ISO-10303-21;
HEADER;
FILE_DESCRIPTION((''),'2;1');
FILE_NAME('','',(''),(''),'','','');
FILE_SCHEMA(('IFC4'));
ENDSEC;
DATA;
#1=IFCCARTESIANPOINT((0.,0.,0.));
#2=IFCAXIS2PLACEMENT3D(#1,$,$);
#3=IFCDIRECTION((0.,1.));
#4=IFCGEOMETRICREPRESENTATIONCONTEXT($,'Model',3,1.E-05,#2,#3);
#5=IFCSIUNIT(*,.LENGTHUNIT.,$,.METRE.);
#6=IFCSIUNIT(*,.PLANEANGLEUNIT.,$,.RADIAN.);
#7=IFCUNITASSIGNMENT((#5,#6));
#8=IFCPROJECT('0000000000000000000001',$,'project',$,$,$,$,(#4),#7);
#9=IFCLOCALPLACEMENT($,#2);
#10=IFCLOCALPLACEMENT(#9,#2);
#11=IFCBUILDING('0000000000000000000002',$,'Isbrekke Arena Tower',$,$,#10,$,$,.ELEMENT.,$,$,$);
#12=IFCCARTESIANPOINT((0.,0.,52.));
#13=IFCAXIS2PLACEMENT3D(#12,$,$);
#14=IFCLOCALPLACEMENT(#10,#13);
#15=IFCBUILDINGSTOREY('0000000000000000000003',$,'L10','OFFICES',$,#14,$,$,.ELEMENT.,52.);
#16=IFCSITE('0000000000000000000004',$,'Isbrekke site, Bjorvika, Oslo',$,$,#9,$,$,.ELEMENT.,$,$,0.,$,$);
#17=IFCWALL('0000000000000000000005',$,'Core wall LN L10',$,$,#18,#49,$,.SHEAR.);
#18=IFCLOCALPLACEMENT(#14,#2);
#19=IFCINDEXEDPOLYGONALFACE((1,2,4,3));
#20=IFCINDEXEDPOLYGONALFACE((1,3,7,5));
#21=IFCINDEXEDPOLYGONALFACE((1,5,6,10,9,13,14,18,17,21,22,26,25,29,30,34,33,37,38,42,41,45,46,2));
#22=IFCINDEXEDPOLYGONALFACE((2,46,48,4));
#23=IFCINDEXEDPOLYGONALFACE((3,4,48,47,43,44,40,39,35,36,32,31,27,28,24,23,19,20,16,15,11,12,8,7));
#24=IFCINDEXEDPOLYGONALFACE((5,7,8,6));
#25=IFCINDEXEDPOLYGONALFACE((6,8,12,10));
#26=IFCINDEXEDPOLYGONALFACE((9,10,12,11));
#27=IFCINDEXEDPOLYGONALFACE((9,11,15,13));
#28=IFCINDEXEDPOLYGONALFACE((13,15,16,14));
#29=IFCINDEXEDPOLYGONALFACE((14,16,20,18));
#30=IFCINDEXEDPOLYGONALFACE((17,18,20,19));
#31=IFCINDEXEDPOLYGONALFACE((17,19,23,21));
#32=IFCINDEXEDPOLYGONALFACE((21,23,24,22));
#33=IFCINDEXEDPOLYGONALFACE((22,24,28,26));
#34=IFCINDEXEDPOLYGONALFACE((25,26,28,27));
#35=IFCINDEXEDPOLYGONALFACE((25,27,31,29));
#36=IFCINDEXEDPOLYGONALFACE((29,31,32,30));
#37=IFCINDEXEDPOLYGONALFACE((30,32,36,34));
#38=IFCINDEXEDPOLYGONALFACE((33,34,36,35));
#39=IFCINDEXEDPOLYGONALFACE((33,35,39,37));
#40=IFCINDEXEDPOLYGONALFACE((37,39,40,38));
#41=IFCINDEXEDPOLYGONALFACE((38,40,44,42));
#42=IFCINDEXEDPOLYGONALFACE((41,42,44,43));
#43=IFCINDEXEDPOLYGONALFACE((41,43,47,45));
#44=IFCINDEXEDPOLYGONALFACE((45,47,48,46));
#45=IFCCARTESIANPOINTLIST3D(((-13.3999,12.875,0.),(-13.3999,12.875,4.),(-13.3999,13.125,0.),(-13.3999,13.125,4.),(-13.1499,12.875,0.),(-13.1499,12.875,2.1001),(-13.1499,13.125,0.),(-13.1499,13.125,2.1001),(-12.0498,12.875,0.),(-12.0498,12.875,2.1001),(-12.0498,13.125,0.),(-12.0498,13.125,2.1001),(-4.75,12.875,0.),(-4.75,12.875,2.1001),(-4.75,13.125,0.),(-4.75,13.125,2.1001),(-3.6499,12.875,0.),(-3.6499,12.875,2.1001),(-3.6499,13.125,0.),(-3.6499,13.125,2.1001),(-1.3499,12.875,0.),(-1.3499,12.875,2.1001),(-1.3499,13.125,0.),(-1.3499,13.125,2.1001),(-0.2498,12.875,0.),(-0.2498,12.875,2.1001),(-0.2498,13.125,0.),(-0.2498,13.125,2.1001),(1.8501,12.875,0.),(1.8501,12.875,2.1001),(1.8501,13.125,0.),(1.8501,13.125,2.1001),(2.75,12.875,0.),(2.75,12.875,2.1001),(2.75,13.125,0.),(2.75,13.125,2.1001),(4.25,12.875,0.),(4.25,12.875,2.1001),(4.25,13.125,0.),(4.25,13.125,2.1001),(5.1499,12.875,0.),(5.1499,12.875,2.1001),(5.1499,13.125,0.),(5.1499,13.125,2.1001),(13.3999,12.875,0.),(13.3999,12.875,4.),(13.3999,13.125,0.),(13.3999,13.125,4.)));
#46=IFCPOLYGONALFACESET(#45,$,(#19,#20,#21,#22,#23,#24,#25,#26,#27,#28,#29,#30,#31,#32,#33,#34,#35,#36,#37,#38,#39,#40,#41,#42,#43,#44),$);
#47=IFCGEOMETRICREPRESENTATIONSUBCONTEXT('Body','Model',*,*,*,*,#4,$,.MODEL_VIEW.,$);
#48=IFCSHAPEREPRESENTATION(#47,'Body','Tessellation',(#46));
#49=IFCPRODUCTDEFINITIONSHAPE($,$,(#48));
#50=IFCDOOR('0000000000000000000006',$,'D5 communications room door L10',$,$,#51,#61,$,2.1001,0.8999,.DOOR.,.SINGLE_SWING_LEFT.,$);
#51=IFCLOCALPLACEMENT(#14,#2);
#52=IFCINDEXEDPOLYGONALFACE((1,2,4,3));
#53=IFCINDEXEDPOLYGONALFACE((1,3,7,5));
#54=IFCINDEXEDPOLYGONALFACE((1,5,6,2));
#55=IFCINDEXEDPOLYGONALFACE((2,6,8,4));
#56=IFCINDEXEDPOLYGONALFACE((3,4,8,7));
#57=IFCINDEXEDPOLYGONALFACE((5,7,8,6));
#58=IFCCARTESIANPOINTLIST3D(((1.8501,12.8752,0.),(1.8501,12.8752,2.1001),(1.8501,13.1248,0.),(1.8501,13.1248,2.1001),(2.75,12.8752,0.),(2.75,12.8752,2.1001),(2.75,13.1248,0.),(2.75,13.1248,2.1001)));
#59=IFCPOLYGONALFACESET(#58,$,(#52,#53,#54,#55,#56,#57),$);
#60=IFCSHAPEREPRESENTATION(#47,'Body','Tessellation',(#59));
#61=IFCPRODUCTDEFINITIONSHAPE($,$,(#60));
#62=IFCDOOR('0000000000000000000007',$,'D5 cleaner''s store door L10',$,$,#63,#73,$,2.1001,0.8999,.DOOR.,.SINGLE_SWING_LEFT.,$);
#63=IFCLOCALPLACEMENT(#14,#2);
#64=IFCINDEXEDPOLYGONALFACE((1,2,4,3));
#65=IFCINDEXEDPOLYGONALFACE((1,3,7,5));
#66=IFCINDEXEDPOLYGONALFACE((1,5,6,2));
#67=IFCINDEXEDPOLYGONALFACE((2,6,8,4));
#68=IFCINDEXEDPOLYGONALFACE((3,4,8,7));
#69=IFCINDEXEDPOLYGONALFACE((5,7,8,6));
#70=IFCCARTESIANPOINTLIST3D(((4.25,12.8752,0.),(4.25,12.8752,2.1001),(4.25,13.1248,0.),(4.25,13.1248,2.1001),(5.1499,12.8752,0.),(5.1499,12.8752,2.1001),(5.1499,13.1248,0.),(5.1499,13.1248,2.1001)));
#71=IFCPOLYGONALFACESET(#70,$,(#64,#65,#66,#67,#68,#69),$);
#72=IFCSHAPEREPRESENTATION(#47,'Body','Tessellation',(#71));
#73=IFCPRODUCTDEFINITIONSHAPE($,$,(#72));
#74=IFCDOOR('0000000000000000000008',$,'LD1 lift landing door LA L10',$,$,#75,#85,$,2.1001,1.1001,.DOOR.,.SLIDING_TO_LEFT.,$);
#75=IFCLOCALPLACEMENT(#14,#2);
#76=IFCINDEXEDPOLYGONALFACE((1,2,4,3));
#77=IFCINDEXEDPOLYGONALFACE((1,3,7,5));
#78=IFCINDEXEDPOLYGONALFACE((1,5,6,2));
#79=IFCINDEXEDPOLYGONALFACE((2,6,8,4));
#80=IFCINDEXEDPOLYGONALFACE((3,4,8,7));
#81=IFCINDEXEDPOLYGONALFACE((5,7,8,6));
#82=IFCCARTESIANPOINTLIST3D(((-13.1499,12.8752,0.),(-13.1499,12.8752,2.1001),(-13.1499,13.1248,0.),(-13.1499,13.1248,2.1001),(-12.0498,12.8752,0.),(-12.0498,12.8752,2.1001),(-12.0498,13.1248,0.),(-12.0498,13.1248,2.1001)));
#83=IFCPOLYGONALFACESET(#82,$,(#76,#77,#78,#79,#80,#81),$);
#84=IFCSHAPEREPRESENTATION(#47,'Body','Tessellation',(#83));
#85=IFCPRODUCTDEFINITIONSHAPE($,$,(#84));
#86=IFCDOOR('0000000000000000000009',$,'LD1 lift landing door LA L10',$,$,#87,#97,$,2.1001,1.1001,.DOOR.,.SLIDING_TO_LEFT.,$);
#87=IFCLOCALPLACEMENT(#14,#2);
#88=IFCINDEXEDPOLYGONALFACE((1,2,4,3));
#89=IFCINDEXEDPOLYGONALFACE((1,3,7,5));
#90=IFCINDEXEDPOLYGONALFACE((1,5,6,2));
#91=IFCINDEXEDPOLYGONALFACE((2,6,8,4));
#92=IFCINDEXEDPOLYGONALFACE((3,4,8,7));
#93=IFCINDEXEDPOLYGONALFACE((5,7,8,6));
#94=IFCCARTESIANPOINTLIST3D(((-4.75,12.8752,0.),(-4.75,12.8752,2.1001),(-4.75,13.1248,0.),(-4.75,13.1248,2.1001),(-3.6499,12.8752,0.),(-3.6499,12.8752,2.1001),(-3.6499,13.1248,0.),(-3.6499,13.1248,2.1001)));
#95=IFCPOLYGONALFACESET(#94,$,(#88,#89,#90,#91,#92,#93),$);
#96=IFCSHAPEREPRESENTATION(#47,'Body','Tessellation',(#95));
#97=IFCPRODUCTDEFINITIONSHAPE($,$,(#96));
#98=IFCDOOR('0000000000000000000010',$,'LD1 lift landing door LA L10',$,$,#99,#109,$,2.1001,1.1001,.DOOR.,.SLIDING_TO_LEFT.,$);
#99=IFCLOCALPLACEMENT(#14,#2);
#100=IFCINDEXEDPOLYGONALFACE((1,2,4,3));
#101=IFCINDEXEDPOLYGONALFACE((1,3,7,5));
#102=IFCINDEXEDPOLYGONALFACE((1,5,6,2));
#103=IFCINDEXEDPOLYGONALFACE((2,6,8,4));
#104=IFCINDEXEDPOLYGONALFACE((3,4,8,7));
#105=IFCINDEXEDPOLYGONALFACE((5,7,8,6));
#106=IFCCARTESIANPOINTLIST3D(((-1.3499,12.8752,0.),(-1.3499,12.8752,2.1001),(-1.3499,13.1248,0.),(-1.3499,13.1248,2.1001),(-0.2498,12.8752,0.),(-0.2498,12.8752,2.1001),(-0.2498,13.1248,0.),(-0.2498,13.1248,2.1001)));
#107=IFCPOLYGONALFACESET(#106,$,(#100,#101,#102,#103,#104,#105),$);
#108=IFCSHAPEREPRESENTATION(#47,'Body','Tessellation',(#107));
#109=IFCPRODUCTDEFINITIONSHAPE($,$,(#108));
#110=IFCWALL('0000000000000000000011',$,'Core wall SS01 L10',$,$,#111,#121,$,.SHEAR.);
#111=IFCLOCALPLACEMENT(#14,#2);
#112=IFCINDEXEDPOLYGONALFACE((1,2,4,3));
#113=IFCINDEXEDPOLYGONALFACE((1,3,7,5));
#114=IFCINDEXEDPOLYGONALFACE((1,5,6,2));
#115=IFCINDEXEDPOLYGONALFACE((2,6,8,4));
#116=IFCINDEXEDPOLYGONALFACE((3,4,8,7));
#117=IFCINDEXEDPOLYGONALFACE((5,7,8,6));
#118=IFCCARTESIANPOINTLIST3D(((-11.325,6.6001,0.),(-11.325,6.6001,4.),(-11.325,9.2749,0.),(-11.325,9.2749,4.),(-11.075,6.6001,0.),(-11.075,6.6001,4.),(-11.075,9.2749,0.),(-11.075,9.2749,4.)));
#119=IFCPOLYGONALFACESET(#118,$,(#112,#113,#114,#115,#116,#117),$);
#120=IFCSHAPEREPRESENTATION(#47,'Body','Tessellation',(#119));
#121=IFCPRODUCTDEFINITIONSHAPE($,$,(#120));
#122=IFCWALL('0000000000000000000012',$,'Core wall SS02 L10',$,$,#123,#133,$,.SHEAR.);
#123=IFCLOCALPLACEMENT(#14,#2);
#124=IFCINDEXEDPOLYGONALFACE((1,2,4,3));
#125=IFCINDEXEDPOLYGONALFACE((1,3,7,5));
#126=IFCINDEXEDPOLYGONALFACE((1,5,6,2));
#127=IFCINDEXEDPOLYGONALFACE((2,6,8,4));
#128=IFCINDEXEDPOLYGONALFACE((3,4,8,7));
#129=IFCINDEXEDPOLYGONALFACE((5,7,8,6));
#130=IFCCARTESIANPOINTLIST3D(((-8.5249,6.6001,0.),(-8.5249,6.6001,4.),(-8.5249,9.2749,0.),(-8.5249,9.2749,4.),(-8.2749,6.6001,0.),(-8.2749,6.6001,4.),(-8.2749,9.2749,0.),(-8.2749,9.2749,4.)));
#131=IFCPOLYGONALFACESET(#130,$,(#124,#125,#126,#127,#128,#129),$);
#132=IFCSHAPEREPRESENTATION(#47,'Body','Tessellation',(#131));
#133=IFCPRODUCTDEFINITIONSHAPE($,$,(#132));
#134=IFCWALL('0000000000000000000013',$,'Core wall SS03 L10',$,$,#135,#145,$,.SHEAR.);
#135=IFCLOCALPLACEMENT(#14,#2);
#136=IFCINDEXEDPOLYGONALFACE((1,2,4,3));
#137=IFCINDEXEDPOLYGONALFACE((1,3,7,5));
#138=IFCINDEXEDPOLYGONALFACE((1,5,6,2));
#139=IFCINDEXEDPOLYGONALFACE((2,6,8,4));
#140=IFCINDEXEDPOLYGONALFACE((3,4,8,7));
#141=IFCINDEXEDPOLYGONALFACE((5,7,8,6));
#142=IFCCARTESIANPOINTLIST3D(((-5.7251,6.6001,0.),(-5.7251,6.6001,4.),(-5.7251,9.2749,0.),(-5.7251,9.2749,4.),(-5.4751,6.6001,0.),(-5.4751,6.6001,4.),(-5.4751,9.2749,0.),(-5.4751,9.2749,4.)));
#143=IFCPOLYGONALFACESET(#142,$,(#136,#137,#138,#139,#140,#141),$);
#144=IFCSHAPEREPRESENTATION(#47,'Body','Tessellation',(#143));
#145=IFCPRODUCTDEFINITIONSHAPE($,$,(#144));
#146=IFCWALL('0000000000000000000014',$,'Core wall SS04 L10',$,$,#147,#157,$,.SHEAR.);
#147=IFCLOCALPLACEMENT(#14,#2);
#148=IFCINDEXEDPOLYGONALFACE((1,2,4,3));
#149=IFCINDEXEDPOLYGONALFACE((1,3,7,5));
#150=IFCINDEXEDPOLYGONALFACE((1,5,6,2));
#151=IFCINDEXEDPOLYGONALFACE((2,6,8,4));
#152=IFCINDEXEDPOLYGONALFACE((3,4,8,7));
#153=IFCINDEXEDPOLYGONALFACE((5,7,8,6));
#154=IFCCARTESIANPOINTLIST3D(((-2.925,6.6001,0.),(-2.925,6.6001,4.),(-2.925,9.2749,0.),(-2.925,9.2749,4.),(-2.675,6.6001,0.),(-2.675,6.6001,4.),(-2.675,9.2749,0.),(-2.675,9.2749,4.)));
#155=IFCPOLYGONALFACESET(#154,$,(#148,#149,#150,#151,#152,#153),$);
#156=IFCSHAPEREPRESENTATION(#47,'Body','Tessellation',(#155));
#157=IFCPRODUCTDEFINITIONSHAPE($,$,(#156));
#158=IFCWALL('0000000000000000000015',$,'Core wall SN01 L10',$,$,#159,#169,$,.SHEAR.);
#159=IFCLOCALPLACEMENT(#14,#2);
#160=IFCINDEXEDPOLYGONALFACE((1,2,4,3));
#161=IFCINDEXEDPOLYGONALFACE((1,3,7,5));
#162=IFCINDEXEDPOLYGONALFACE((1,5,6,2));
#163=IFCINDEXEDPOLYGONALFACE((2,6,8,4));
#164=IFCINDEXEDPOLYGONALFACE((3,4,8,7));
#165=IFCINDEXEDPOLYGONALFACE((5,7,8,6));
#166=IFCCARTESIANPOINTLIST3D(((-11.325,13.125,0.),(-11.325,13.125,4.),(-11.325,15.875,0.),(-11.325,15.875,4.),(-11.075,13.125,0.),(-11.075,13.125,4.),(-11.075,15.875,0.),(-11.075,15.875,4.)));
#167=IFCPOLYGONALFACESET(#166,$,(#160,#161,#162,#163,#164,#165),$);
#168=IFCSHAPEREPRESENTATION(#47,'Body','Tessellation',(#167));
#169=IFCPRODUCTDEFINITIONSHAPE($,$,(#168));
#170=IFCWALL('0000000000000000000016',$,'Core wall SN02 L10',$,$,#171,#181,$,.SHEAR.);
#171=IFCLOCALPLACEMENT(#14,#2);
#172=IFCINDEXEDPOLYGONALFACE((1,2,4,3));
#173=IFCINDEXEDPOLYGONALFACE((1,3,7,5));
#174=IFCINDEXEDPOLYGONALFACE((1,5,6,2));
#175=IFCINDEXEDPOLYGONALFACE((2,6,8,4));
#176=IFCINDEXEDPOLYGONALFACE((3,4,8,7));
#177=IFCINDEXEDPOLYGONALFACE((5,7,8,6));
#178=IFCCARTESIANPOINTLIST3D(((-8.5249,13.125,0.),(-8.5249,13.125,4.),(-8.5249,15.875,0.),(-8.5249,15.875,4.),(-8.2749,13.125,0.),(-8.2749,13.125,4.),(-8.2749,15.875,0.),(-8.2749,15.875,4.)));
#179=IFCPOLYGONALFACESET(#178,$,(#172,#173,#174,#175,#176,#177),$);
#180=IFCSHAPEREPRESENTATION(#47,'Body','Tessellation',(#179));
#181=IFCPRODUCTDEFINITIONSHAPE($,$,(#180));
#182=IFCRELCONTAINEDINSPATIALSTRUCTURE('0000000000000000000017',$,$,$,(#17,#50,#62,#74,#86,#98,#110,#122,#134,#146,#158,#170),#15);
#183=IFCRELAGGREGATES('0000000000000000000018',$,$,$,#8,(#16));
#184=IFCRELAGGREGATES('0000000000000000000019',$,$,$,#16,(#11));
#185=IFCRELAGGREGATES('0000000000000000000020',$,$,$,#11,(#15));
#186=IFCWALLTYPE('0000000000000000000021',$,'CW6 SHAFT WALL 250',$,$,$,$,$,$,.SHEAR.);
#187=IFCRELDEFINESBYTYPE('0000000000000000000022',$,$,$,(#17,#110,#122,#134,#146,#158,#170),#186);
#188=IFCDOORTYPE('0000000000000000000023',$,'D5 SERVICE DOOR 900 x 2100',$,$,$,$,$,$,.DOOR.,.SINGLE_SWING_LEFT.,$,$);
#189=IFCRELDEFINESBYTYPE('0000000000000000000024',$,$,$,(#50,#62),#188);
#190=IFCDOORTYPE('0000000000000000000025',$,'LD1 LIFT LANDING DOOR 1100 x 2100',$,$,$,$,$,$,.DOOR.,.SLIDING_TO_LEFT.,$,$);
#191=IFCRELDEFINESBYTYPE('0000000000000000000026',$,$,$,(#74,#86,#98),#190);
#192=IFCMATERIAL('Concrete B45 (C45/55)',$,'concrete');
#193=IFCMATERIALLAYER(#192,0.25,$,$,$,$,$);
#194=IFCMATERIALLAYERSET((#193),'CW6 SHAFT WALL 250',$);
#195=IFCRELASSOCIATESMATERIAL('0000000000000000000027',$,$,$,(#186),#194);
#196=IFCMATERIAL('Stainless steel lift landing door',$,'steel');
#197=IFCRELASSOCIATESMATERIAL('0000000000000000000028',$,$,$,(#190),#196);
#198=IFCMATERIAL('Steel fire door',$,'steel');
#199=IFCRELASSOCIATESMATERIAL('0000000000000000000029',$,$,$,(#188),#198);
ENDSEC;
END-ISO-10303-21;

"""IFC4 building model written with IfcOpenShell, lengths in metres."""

from ifc_helpers import new_model, si_unit, direction, frame, frame_2d, origin, place, context, subcontext, project, spatial, rectangle, extrude, material, layer, layer_set, type_object, element, fill, save


model = new_model("IFC4")

# Units and contexts
model_context = context("Model", 3, precision=1e-05, world=origin(), true_north=direction((0.0, 1.0)))
body_context = subcontext(model_context, "Body", "Model", "MODEL_VIEW")
ifc_project = project(units=[si_unit("LENGTHUNIT", "METRE"), si_unit("PLANEANGLEUNIT", "RADIAN")], contexts=[model_context])

# Site, building, storey
site_placement = place(None, origin())
site = spatial("IfcSite", under=ifc_project, at=site_placement, Name="Isbrekke site, Bjorvika, Oslo", CompositionType="ELEMENT", RefElevation=0.0)
building_placement = place(site_placement, origin())
building = spatial("IfcBuilding", under=site, at=building_placement, Name="Isbrekke Arena Tower", CompositionType="ELEMENT")
storey_placement = place(building_placement, frame((0.0, 0.0, 52.0)))
storey = spatial("IfcBuildingStorey", under=building, at=storey_placement, Name="L10", Description="OFFICES", CompositionType="ELEMENT", Elevation=52.0)

# Wall, openings, doors
ifc_material_1 = material(Name="Concrete B45 (C45/55)", Category="concrete")
ifc_layer_1 = layer(ifc_material_1, 0.25)
ifc_layer_set_1 = layer_set([ifc_layer_1], Name="CW6 SHAFT WALL 250")
wall_type_1 = type_object("IfcWallType", Name="CW6 SHAFT WALL 250", PredefinedType="SHEAR", material=ifc_layer_set_1)
ifc_material_2 = material(Name="Stainless steel lift landing door", Category="steel")
door_type_1 = type_object("IfcDoorType", Name="LD1 LIFT LANDING DOOR 1100 x 2100", OperationType="SLIDING_TO_LEFT", PredefinedType="DOOR", material=ifc_material_2)
wall_1_placement = place(storey_placement, frame((-13.3999, 13.0, 0.0), z_axis=(0.0, 0.0, 1.0), x_axis=(1.0, 0.0, 0.0)))
wall_1 = element("IfcWall", 1, at=wall_1_placement, inside=storey, type_object=wall_type_1, Name="Core wall LN L10", PredefinedType="SHEAR", context=body_context, shape_type="SweptSolid", body=[
    extrude(rectangle(XDim=26.7998, YDim=0.25, at=frame_2d((13.3999, 0.0))), origin(), (0.0, 0.0, 1.0), 4.0),
])
opening_1_placement = place(wall_1_placement, frame((0.25, 0.0, 0.0)))
opening_1 = element("IfcOpeningElement", 2, at=opening_1_placement, cuts=wall_1, PredefinedType="OPENING", context=body_context, shape_type="SweptSolid", body=[
    extrude(rectangle(XDim=1.1001, YDim=2.1001, at=frame_2d((0.55, 1.05))), frame((0.0, 0.1399, 0.0), z_axis=(0.0, -1.0, 0.0), x_axis=(1.0, 0.0, 0.0)), (0.0, 0.0, 1.0), 0.2798),
])
opening_2_placement = place(wall_1_placement, frame((8.6499, 0.0, 0.0)))
opening_2 = element("IfcOpeningElement", 3, at=opening_2_placement, cuts=wall_1, PredefinedType="OPENING", context=body_context, shape_type="SweptSolid", body=[
    extrude(rectangle(XDim=1.1001, YDim=2.1001, at=frame_2d((0.55, 1.05))), frame((0.0, 0.1399, 0.0), z_axis=(0.0, -1.0, 0.0), x_axis=(1.0, 0.0, 0.0)), (0.0, 0.0, 1.0), 0.2798),
])
opening_3_placement = place(wall_1_placement, frame((12.05, 0.0, 0.0)))
opening_3 = element("IfcOpeningElement", 4, at=opening_3_placement, cuts=wall_1, PredefinedType="OPENING", context=body_context, shape_type="SweptSolid", body=[
    extrude(rectangle(XDim=1.1001, YDim=2.1001, at=frame_2d((0.55, 1.05))), frame((0.0, 0.1399, 0.0), z_axis=(0.0, -1.0, 0.0), x_axis=(1.0, 0.0, 0.0)), (0.0, 0.0, 1.0), 0.2798),
])
opening_4_placement = place(wall_1_placement, frame((15.25, 0.0, 0.0)))
opening_4 = element("IfcOpeningElement", 5, at=opening_4_placement, cuts=wall_1, PredefinedType="OPENING", context=body_context, shape_type="SweptSolid", body=[
    extrude(rectangle(XDim=0.8999, YDim=2.1001, at=frame_2d((0.45, 1.05))), frame((0.0, 0.1399, 0.0), z_axis=(0.0, -1.0, 0.0), x_axis=(1.0, 0.0, 0.0)), (0.0, 0.0, 1.0), 0.2798),
])
opening_5_placement = place(wall_1_placement, frame((17.6499, 0.0, 0.0)))
opening_5 = element("IfcOpeningElement", 6, at=opening_5_placement, cuts=wall_1, PredefinedType="OPENING", context=body_context, shape_type="SweptSolid", body=[
    extrude(rectangle(XDim=0.8999, YDim=2.1001, at=frame_2d((0.45, 1.05))), frame((0.0, 0.1399, 0.0), z_axis=(0.0, -1.0, 0.0), x_axis=(1.0, 0.0, 0.0)), (0.0, 0.0, 1.0), 0.2798),
])
ifc_material_3 = material(Name="Steel fire door", Category="steel")
door_type_2 = type_object("IfcDoorType", Name="D5 SERVICE DOOR 900 x 2100", OperationType="SINGLE_SWING_LEFT", PredefinedType="DOOR", material=ifc_material_3)
door_1_placement = place(opening_4_placement, origin())
door_1 = element("IfcDoor", 7, at=door_1_placement, inside=storey, type_object=door_type_2, Name="D5 communications room door L10", OperationType="SINGLE_SWING_LEFT", OverallHeight=2.1001, OverallWidth=0.8999, PredefinedType="DOOR", context=body_context, shape_type="SweptSolid", body=[
    extrude(rectangle(XDim=0.8999, YDim=2.1001, at=frame_2d((0.45, 1.05))), frame((0.0, 0.1248, 0.0), z_axis=(0.0, -1.0, 0.0), x_axis=(1.0, 0.0, 0.0)), (0.0, 0.0, 1.0), 0.2495),
])
fill(opening_4, door_1)
door_2_placement = place(opening_5_placement, origin())
door_2 = element("IfcDoor", 8, at=door_2_placement, inside=storey, type_object=door_type_2, Name="D5 cleaner's store door L10", OperationType="SINGLE_SWING_LEFT", OverallHeight=2.1001, OverallWidth=0.8999, PredefinedType="DOOR", context=body_context, shape_type="SweptSolid", body=[
    extrude(rectangle(XDim=0.8999, YDim=2.1001, at=frame_2d((0.45, 1.05))), frame((0.0, 0.1248, 0.0), z_axis=(0.0, -1.0, 0.0), x_axis=(1.0, 0.0, 0.0)), (0.0, 0.0, 1.0), 0.2495),
])
fill(opening_5, door_2)
door_3_placement = place(opening_1_placement, origin())
door_3 = element("IfcDoor", 9, at=door_3_placement, inside=storey, type_object=door_type_1, Name="LD1 lift landing door LA L10", OperationType="SLIDING_TO_LEFT", OverallHeight=2.1001, OverallWidth=1.1001, PredefinedType="DOOR", context=body_context, shape_type="SweptSolid", body=[
    extrude(rectangle(XDim=1.1001, YDim=2.1001, at=frame_2d((0.55, 1.05))), frame((0.0, 0.1248, 0.0), z_axis=(0.0, -1.0, 0.0), x_axis=(1.0, 0.0, 0.0)), (0.0, 0.0, 1.0), 0.2495),
])
fill(opening_1, door_3)
door_4_placement = place(opening_2_placement, origin())
door_4 = element("IfcDoor", 10, at=door_4_placement, inside=storey, type_object=door_type_1, Name="LD1 lift landing door LA L10", OperationType="SLIDING_TO_LEFT", OverallHeight=2.1001, OverallWidth=1.1001, PredefinedType="DOOR", context=body_context, shape_type="SweptSolid", body=[
    extrude(rectangle(XDim=1.1001, YDim=2.1001, at=frame_2d((0.55, 1.05))), frame((0.0, 0.1248, 0.0), z_axis=(0.0, -1.0, 0.0), x_axis=(1.0, 0.0, 0.0)), (0.0, 0.0, 1.0), 0.2495),
])
fill(opening_2, door_4)
door_5_placement = place(opening_3_placement, origin())
door_5 = element("IfcDoor", 11, at=door_5_placement, inside=storey, type_object=door_type_1, Name="LD1 lift landing door LA L10", OperationType="SLIDING_TO_LEFT", OverallHeight=2.1001, OverallWidth=1.1001, PredefinedType="DOOR", context=body_context, shape_type="SweptSolid", body=[
    extrude(rectangle(XDim=1.1001, YDim=2.1001, at=frame_2d((0.55, 1.05))), frame((0.0, 0.1248, 0.0), z_axis=(0.0, -1.0, 0.0), x_axis=(1.0, 0.0, 0.0)), (0.0, 0.0, 1.0), 0.2495),
])
fill(opening_3, door_5)

# Walls
for number, where, z_axis, x_axis, name in (
    (12, (-11.2, 6.6001, 0.0), (0.0, 0.0, 1.0), (0.0, 1.0, 0.0), "Core wall SS01 L10"),
    (13, (-8.3999, 6.6001, 0.0), (0.0, 0.0, 1.0), (0.0, 1.0, 0.0), "Core wall SS02 L10"),
    (14, (-5.6001, 6.6001, 0.0), (0.0, 0.0, 1.0), (0.0, 1.0, 0.0), "Core wall SS03 L10"),
    (15, (-2.8, 6.6001, 0.0), (0.0, 0.0, 1.0), (0.0, 1.0, 0.0), "Core wall SS04 L10"),
):
    element("IfcWall", number, at=place(storey_placement, frame(where, z_axis=z_axis, x_axis=x_axis)), inside=storey, type_object=wall_type_1, Name=name, PredefinedType="SHEAR", context=body_context, shape_type="SweptSolid", body=[
        extrude(rectangle(XDim=2.6748, YDim=0.25, at=frame_2d((1.3374, 0.0))), origin(), (0.0, 0.0, 1.0), 4.0),
    ])
for number, where, z_axis, x_axis, name in (
    (16, (-11.2, 13.125, 0.0), (0.0, 0.0, 1.0), (0.0, 1.0, 0.0), "Core wall SN01 L10"),
    (17, (-8.3999, 13.125, 0.0), (0.0, 0.0, 1.0), (0.0, 1.0, 0.0), "Core wall SN02 L10"),
):
    element("IfcWall", number, at=place(storey_placement, frame(where, z_axis=z_axis, x_axis=x_axis)), inside=storey, type_object=wall_type_1, Name=name, PredefinedType="SHEAR", context=body_context, shape_type="SweptSolid", body=[
        extrude(rectangle(XDim=2.75, YDim=0.25, at=frame_2d((1.375, 0.0))), origin(), (0.0, 0.0, 1.0), 4.0),
    ])

save(model, "model.ifc")
